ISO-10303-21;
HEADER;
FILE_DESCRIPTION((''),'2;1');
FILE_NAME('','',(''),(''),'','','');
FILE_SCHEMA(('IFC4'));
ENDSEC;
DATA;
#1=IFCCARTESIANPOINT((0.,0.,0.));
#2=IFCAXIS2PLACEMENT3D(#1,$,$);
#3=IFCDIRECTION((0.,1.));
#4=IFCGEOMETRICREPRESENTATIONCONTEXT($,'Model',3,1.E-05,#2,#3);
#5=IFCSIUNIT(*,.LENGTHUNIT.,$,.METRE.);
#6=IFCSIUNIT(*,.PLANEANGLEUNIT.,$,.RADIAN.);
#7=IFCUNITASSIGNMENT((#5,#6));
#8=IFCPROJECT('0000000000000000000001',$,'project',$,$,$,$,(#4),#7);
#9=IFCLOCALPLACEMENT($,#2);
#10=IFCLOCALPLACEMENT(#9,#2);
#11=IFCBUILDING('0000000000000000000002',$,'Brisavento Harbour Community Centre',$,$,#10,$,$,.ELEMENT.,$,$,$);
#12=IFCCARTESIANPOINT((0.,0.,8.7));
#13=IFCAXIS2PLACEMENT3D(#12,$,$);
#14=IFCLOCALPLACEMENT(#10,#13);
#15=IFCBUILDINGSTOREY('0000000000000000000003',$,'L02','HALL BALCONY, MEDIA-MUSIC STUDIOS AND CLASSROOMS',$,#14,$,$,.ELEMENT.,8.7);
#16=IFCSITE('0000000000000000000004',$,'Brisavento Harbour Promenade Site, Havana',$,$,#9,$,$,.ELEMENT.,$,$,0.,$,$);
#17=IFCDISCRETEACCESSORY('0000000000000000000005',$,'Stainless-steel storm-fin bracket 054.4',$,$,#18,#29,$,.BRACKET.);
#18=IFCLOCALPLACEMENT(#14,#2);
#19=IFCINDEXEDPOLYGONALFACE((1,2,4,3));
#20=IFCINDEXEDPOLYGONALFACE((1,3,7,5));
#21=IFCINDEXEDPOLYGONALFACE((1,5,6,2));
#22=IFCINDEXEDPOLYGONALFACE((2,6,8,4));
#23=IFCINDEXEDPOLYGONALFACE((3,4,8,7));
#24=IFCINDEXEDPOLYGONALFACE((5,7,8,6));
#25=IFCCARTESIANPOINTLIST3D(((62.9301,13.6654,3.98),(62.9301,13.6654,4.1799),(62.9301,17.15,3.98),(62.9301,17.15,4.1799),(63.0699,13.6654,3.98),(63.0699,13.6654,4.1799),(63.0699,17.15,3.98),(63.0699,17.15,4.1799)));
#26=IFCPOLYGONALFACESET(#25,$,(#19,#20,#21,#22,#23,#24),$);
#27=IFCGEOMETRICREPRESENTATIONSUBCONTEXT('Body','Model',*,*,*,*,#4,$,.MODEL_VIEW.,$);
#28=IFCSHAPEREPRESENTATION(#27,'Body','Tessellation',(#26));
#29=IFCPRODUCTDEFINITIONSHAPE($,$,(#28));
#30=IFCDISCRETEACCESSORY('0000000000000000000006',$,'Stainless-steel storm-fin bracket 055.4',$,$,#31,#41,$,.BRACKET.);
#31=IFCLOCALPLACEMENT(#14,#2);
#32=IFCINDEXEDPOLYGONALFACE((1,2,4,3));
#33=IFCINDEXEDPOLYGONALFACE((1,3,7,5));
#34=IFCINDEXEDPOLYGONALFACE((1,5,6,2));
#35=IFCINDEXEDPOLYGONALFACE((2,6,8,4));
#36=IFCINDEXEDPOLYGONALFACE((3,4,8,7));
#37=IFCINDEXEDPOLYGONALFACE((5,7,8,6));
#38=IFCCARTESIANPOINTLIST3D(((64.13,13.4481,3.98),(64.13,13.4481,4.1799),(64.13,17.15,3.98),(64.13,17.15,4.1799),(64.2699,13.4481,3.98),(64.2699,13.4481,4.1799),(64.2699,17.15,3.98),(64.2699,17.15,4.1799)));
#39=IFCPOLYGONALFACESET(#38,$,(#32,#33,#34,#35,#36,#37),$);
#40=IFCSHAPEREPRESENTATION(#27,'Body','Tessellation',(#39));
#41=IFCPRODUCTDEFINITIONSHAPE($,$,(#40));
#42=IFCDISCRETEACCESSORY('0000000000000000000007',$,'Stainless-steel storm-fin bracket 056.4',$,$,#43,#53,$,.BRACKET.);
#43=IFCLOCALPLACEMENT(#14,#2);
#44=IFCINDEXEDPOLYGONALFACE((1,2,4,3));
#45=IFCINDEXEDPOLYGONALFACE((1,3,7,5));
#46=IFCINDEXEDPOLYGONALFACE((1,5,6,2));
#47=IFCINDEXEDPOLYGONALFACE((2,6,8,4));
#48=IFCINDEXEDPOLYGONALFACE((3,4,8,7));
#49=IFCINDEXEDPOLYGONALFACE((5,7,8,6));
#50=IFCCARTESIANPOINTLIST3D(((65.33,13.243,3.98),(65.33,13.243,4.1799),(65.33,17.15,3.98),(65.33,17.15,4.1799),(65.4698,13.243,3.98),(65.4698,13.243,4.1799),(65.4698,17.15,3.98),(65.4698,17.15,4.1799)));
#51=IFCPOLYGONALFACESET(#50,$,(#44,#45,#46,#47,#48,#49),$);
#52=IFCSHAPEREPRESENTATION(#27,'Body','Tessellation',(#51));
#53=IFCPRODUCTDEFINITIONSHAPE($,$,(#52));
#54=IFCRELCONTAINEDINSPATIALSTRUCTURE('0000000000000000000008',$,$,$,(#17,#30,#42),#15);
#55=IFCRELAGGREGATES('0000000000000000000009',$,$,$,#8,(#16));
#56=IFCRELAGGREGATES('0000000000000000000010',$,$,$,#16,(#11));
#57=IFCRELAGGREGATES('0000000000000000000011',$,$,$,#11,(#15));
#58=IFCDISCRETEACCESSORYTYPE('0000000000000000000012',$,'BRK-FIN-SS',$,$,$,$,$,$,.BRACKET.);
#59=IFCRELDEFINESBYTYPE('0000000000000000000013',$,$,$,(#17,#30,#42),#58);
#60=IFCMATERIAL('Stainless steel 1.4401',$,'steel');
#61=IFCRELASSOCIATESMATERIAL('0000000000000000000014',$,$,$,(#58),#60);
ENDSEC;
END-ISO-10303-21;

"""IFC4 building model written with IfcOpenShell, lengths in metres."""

from ifc_helpers import new_model, si_unit, direction, frame, origin, origin_2d, place, context, subcontext, project, spatial, rectangle, extrude, material, type_object, element, save


model = new_model("IFC4")

# Units and contexts
model_context = context("Model", 3, precision=1e-05, world=origin(), true_north=direction((0.0, 1.0)))
body_context = subcontext(model_context, "Body", "Model", "MODEL_VIEW")
ifc_project = project(units=[si_unit("LENGTHUNIT", "METRE"), si_unit("PLANEANGLEUNIT", "RADIAN")], contexts=[model_context])

# Site, building, storey
site_placement = place(None, origin())
site = spatial("IfcSite", under=ifc_project, at=site_placement, Name="Brisavento Harbour Promenade Site, Havana", CompositionType="ELEMENT", RefElevation=0.0)
building_placement = place(site_placement, origin())
building = spatial("IfcBuilding", under=site, at=building_placement, Name="Brisavento Harbour Community Centre", CompositionType="ELEMENT")
storey_placement = place(building_placement, frame((0.0, 0.0, 8.7)))
storey = spatial("IfcBuildingStorey", under=building, at=storey_placement, Name="L02", Description="HALL BALCONY, MEDIA-MUSIC STUDIOS AND CLASSROOMS", CompositionType="ELEMENT", Elevation=8.7)

# Shared definitions
ifc_material_1 = material(Name="Stainless steel 1.4401", Category="steel")

# Discrete accessories
discrete_accessory_type = type_object("IfcDiscreteAccessoryType", Name="BRK-FIN-SS", PredefinedType="BRACKET", material=ifc_material_1)
discrete_accessory_1_placement = place(storey_placement, frame((63.0, 15.4077, 3.98), z_axis=(0.0, 0.0, 1.0), x_axis=(0.0, -1.0, 0.0)))
element("IfcDiscreteAccessory", 1, at=discrete_accessory_1_placement, inside=storey, type_object=discrete_accessory_type, Name="Stainless-steel storm-fin bracket 054.4", PredefinedType="BRACKET", context=body_context, shape_type="SweptSolid", body=[
    extrude(rectangle(XDim=3.4846, YDim=0.1399, at=origin_2d()), origin(), (0.0, 0.0, 1.0), 0.2),
])
discrete_accessory_2_placement = place(storey_placement, frame((64.2, 15.2991, 3.98), z_axis=(0.0, 0.0, 1.0), x_axis=(0.0, -1.0, 0.0)))
element("IfcDiscreteAccessory", 2, at=discrete_accessory_2_placement, inside=storey, type_object=discrete_accessory_type, Name="Stainless-steel storm-fin bracket 055.4", PredefinedType="BRACKET", context=body_context, shape_type="SweptSolid", body=[
    extrude(rectangle(XDim=3.7019, YDim=0.1399, at=origin_2d()), origin(), (0.0, 0.0, 1.0), 0.2),
])
discrete_accessory_3_placement = place(storey_placement, frame((65.3999, 15.1965, 3.98), z_axis=(0.0, 0.0, 1.0), x_axis=(0.0, -1.0, 0.0)))
element("IfcDiscreteAccessory", 3, at=discrete_accessory_3_placement, inside=storey, type_object=discrete_accessory_type, Name="Stainless-steel storm-fin bracket 056.4", PredefinedType="BRACKET", context=body_context, shape_type="SweptSolid", body=[
    extrude(rectangle(XDim=3.907, YDim=0.1399, at=origin_2d()), origin(), (0.0, 0.0, 1.0), 0.2),
])

save(model, "model.ifc")
